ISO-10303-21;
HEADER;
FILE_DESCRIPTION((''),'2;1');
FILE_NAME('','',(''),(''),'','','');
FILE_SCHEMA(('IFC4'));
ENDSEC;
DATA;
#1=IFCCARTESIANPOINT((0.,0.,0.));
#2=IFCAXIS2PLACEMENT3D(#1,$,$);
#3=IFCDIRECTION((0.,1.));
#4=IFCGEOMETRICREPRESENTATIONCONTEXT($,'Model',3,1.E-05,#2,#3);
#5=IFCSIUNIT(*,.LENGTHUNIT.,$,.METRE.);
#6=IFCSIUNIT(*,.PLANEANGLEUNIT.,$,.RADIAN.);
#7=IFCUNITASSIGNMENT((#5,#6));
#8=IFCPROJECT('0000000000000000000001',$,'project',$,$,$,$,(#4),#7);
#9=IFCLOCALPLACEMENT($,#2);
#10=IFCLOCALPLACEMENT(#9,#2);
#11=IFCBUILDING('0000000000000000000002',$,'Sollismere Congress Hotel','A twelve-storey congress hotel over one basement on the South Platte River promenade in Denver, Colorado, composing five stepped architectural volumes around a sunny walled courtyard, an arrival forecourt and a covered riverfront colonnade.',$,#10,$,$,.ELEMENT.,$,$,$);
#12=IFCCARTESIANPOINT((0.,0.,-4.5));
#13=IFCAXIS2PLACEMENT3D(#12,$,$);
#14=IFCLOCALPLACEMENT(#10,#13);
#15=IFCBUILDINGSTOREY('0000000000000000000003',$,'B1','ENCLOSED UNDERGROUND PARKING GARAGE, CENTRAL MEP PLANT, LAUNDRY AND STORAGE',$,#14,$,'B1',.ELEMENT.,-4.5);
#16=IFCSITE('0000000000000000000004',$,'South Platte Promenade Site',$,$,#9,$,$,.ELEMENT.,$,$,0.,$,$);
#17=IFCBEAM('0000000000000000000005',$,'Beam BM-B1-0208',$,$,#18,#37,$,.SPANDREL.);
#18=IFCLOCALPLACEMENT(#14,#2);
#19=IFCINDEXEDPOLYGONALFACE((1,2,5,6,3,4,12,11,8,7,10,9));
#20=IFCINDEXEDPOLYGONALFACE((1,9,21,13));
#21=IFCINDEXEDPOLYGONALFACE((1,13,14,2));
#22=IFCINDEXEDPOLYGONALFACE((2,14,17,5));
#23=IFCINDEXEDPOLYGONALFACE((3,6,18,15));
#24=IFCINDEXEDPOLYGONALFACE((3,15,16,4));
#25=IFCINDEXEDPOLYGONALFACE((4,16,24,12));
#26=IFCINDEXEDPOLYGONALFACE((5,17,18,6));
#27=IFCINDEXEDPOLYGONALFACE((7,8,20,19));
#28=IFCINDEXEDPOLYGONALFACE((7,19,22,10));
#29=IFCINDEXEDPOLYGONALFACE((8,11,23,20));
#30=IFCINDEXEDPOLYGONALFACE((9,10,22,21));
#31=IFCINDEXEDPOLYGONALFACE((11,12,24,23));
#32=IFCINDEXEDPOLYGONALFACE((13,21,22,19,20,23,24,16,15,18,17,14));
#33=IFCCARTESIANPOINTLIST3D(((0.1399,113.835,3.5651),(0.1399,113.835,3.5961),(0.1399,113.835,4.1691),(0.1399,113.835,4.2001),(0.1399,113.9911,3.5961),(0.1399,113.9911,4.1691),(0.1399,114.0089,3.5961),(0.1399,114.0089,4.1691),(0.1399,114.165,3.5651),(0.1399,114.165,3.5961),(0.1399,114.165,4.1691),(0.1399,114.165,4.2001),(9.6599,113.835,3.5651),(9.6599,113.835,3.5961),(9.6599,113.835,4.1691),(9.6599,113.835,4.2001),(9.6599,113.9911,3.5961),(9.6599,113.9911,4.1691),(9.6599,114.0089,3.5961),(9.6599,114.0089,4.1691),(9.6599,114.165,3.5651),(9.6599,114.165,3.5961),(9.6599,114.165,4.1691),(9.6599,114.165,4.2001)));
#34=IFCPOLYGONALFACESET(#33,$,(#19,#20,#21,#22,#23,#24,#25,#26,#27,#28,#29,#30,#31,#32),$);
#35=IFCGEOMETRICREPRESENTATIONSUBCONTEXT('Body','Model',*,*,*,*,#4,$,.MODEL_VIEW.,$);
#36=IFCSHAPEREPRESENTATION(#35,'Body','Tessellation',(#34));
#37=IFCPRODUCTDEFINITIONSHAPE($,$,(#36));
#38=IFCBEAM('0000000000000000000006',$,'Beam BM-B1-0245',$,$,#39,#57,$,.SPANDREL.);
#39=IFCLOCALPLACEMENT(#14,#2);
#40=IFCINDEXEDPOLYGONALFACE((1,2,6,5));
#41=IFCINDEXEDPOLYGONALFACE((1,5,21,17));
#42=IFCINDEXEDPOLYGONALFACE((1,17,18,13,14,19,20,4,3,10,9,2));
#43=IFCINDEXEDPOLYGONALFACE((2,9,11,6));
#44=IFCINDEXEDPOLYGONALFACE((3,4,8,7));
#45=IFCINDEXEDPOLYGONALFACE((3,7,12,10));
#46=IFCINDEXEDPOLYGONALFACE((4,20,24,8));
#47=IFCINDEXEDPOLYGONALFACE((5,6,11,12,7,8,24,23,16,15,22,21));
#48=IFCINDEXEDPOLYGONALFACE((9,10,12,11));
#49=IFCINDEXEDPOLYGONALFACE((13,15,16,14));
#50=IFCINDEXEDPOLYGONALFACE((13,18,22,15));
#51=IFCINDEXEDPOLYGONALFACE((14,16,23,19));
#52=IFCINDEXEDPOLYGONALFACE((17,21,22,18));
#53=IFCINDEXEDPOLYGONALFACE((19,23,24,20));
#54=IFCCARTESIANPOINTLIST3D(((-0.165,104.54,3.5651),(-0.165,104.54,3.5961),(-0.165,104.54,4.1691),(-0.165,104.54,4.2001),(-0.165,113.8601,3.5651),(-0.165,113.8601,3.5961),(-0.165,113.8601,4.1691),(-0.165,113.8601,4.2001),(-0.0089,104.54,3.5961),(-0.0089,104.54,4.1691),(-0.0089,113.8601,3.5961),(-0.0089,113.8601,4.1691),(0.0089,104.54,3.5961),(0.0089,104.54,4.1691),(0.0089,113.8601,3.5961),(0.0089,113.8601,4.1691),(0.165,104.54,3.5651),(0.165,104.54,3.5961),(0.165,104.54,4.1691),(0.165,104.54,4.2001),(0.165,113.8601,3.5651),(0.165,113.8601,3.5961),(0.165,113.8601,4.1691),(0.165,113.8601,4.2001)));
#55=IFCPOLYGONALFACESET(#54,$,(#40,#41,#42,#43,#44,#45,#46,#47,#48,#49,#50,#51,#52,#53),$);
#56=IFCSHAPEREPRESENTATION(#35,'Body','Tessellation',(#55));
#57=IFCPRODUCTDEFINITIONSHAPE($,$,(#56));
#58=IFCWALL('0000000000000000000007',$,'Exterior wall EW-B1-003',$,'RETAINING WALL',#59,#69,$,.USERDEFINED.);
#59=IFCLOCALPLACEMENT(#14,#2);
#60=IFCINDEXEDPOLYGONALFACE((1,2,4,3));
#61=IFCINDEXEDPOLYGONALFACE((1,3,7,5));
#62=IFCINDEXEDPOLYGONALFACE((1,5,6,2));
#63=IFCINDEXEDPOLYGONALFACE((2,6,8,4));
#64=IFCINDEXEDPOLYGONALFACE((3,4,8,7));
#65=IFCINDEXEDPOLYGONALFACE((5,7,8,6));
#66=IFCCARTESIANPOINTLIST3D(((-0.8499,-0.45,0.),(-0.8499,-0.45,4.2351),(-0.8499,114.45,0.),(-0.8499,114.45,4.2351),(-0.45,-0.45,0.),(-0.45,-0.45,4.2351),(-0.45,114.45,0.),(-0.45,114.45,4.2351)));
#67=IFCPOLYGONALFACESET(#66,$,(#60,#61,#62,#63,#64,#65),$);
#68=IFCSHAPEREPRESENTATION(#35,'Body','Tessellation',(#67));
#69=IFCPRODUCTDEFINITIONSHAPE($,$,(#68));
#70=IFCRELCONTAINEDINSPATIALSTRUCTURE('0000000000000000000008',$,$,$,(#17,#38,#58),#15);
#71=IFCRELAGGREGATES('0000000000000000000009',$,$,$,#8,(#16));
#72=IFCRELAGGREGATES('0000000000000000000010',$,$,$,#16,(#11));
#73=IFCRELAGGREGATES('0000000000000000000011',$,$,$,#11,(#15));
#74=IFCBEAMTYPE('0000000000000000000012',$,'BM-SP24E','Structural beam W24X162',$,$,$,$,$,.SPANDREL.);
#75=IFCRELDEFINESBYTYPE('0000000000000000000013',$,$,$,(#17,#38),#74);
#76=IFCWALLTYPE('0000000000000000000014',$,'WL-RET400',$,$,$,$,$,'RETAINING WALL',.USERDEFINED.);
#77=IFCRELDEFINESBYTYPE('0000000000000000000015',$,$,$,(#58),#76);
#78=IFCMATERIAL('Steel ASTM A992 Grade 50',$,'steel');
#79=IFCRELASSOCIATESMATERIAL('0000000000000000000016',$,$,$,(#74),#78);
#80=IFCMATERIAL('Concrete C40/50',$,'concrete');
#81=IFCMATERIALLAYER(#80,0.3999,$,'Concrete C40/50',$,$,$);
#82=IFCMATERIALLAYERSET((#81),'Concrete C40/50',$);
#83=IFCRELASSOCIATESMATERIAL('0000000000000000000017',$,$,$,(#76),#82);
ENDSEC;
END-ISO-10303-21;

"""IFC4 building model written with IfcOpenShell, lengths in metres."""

from ifc_helpers import new_model, si_unit, direction, frame, frame_2d, origin, origin_2d, place, context, subcontext, project, spatial, rectangle, i_section, extrude, material, layer, layer_set, material_profile, profile_set, type_object, element, save


model = new_model("IFC4")

# Units and contexts
model_context = context("Model", 3, precision=1e-05, world=origin(), true_north=direction((0.0, 1.0)))
body_context = subcontext(model_context, "Body", "Model", "MODEL_VIEW")
ifc_project = project(units=[si_unit("LENGTHUNIT", "METRE"), si_unit("PLANEANGLEUNIT", "RADIAN")], contexts=[model_context])

# Site, building, storey
site_placement = place(None, origin())
site = spatial("IfcSite", under=ifc_project, at=site_placement, Name="South Platte Promenade Site", CompositionType="ELEMENT", RefElevation=0.0)
building_placement = place(site_placement, origin())
building = spatial("IfcBuilding", under=site, at=building_placement, Name="Sollismere Congress Hotel", Description="A twelve-storey congress hotel over one basement on the South Platte River promenade in Denver, Colorado, composing five stepped architectural volumes around a sunny walled courtyard, an arrival forecourt and a covered riverfront colonnade.", CompositionType="ELEMENT")
storey_placement = place(building_placement, frame((0.0, 0.0, -4.5)))
storey = spatial("IfcBuildingStorey", under=building, at=storey_placement, Name="B1", Description="ENCLOSED UNDERGROUND PARKING GARAGE, CENTRAL MEP PLANT, LAUNDRY AND STORAGE", LongName="B1", CompositionType="ELEMENT", Elevation=-4.5)

# Shared definitions
ifc_material_1 = material(Name="Concrete C40/50", Category="concrete")

# Beams
ifc_material_2 = material(Name="Steel ASTM A992 Grade 50", Category="steel")
ifc_material_profile_1 = material_profile(ifc_material_2, i_section(OverallWidth=0.3301, OverallDepth=0.635, WebThickness=0.0178, FlangeThickness=0.031, at=origin_2d()), Name="W24X162")
ifc_profile_set_1 = profile_set([ifc_material_profile_1], Name="Steel ASTM A992 Grade 50")
beam_type_1 = type_object("IfcBeamType", Name="BM-SP24E", Description="Structural beam W24X162", PredefinedType="SPANDREL", material=ifc_profile_set_1)
beam_1_placement = place(storey_placement, frame((0.1399, 114.0, 3.8826), z_axis=(1.0, 0.0, 0.0), x_axis=(0.0, 1.0, 0.0)))
element("IfcBeam", 1, at=beam_1_placement, inside=storey, type_object=beam_type_1, Name="Beam BM-B1-0208", PredefinedType="SPANDREL", context=body_context, shape_type="SweptSolid", body=[
    extrude(i_section(OverallWidth=0.3301, OverallDepth=0.635, WebThickness=0.0178, FlangeThickness=0.031, at=origin_2d()), origin(), (0.0, 0.0, 1.0), 9.52),
])
beam_2_placement = place(storey_placement, frame((0.0, 104.54, 3.8826), z_axis=(0.0, 1.0, 0.0), x_axis=(-1.0, 0.0, 0.0)))
element("IfcBeam", 2, at=beam_2_placement, inside=storey, type_object=beam_type_1, Name="Beam BM-B1-0245", PredefinedType="SPANDREL", context=body_context, shape_type="SweptSolid", body=[
    extrude(i_section(OverallWidth=0.3301, OverallDepth=0.635, WebThickness=0.0178, FlangeThickness=0.031, at=origin_2d()), origin(), (0.0, 0.0, 1.0), 9.3201),
])

# Wall
ifc_layer = layer(ifc_material_1, 0.3999, Name="Concrete C40/50")
ifc_layer_set = layer_set([ifc_layer], Name="Concrete C40/50")
wall_type = type_object("IfcWallType", Name="WL-RET400", ElementType="RETAINING WALL", PredefinedType="USERDEFINED", material=ifc_layer_set)
wall_placement = place(storey_placement, frame((-0.6499, 114.45, 0.0), z_axis=(0.0, 0.0, 1.0), x_axis=(0.0, -1.0, 0.0)))
element("IfcWall", 3, at=wall_placement, inside=storey, type_object=wall_type, Name="Exterior wall EW-B1-003", ObjectType="RETAINING WALL", PredefinedType="USERDEFINED", context=body_context, shape_type="SweptSolid", body=[
    extrude(rectangle(XDim=114.8999, YDim=0.3999, at=frame_2d((57.45, 0.0))), origin(), (0.0, 0.0, 1.0), 4.2351),
])

save(model, "model.ifc")
